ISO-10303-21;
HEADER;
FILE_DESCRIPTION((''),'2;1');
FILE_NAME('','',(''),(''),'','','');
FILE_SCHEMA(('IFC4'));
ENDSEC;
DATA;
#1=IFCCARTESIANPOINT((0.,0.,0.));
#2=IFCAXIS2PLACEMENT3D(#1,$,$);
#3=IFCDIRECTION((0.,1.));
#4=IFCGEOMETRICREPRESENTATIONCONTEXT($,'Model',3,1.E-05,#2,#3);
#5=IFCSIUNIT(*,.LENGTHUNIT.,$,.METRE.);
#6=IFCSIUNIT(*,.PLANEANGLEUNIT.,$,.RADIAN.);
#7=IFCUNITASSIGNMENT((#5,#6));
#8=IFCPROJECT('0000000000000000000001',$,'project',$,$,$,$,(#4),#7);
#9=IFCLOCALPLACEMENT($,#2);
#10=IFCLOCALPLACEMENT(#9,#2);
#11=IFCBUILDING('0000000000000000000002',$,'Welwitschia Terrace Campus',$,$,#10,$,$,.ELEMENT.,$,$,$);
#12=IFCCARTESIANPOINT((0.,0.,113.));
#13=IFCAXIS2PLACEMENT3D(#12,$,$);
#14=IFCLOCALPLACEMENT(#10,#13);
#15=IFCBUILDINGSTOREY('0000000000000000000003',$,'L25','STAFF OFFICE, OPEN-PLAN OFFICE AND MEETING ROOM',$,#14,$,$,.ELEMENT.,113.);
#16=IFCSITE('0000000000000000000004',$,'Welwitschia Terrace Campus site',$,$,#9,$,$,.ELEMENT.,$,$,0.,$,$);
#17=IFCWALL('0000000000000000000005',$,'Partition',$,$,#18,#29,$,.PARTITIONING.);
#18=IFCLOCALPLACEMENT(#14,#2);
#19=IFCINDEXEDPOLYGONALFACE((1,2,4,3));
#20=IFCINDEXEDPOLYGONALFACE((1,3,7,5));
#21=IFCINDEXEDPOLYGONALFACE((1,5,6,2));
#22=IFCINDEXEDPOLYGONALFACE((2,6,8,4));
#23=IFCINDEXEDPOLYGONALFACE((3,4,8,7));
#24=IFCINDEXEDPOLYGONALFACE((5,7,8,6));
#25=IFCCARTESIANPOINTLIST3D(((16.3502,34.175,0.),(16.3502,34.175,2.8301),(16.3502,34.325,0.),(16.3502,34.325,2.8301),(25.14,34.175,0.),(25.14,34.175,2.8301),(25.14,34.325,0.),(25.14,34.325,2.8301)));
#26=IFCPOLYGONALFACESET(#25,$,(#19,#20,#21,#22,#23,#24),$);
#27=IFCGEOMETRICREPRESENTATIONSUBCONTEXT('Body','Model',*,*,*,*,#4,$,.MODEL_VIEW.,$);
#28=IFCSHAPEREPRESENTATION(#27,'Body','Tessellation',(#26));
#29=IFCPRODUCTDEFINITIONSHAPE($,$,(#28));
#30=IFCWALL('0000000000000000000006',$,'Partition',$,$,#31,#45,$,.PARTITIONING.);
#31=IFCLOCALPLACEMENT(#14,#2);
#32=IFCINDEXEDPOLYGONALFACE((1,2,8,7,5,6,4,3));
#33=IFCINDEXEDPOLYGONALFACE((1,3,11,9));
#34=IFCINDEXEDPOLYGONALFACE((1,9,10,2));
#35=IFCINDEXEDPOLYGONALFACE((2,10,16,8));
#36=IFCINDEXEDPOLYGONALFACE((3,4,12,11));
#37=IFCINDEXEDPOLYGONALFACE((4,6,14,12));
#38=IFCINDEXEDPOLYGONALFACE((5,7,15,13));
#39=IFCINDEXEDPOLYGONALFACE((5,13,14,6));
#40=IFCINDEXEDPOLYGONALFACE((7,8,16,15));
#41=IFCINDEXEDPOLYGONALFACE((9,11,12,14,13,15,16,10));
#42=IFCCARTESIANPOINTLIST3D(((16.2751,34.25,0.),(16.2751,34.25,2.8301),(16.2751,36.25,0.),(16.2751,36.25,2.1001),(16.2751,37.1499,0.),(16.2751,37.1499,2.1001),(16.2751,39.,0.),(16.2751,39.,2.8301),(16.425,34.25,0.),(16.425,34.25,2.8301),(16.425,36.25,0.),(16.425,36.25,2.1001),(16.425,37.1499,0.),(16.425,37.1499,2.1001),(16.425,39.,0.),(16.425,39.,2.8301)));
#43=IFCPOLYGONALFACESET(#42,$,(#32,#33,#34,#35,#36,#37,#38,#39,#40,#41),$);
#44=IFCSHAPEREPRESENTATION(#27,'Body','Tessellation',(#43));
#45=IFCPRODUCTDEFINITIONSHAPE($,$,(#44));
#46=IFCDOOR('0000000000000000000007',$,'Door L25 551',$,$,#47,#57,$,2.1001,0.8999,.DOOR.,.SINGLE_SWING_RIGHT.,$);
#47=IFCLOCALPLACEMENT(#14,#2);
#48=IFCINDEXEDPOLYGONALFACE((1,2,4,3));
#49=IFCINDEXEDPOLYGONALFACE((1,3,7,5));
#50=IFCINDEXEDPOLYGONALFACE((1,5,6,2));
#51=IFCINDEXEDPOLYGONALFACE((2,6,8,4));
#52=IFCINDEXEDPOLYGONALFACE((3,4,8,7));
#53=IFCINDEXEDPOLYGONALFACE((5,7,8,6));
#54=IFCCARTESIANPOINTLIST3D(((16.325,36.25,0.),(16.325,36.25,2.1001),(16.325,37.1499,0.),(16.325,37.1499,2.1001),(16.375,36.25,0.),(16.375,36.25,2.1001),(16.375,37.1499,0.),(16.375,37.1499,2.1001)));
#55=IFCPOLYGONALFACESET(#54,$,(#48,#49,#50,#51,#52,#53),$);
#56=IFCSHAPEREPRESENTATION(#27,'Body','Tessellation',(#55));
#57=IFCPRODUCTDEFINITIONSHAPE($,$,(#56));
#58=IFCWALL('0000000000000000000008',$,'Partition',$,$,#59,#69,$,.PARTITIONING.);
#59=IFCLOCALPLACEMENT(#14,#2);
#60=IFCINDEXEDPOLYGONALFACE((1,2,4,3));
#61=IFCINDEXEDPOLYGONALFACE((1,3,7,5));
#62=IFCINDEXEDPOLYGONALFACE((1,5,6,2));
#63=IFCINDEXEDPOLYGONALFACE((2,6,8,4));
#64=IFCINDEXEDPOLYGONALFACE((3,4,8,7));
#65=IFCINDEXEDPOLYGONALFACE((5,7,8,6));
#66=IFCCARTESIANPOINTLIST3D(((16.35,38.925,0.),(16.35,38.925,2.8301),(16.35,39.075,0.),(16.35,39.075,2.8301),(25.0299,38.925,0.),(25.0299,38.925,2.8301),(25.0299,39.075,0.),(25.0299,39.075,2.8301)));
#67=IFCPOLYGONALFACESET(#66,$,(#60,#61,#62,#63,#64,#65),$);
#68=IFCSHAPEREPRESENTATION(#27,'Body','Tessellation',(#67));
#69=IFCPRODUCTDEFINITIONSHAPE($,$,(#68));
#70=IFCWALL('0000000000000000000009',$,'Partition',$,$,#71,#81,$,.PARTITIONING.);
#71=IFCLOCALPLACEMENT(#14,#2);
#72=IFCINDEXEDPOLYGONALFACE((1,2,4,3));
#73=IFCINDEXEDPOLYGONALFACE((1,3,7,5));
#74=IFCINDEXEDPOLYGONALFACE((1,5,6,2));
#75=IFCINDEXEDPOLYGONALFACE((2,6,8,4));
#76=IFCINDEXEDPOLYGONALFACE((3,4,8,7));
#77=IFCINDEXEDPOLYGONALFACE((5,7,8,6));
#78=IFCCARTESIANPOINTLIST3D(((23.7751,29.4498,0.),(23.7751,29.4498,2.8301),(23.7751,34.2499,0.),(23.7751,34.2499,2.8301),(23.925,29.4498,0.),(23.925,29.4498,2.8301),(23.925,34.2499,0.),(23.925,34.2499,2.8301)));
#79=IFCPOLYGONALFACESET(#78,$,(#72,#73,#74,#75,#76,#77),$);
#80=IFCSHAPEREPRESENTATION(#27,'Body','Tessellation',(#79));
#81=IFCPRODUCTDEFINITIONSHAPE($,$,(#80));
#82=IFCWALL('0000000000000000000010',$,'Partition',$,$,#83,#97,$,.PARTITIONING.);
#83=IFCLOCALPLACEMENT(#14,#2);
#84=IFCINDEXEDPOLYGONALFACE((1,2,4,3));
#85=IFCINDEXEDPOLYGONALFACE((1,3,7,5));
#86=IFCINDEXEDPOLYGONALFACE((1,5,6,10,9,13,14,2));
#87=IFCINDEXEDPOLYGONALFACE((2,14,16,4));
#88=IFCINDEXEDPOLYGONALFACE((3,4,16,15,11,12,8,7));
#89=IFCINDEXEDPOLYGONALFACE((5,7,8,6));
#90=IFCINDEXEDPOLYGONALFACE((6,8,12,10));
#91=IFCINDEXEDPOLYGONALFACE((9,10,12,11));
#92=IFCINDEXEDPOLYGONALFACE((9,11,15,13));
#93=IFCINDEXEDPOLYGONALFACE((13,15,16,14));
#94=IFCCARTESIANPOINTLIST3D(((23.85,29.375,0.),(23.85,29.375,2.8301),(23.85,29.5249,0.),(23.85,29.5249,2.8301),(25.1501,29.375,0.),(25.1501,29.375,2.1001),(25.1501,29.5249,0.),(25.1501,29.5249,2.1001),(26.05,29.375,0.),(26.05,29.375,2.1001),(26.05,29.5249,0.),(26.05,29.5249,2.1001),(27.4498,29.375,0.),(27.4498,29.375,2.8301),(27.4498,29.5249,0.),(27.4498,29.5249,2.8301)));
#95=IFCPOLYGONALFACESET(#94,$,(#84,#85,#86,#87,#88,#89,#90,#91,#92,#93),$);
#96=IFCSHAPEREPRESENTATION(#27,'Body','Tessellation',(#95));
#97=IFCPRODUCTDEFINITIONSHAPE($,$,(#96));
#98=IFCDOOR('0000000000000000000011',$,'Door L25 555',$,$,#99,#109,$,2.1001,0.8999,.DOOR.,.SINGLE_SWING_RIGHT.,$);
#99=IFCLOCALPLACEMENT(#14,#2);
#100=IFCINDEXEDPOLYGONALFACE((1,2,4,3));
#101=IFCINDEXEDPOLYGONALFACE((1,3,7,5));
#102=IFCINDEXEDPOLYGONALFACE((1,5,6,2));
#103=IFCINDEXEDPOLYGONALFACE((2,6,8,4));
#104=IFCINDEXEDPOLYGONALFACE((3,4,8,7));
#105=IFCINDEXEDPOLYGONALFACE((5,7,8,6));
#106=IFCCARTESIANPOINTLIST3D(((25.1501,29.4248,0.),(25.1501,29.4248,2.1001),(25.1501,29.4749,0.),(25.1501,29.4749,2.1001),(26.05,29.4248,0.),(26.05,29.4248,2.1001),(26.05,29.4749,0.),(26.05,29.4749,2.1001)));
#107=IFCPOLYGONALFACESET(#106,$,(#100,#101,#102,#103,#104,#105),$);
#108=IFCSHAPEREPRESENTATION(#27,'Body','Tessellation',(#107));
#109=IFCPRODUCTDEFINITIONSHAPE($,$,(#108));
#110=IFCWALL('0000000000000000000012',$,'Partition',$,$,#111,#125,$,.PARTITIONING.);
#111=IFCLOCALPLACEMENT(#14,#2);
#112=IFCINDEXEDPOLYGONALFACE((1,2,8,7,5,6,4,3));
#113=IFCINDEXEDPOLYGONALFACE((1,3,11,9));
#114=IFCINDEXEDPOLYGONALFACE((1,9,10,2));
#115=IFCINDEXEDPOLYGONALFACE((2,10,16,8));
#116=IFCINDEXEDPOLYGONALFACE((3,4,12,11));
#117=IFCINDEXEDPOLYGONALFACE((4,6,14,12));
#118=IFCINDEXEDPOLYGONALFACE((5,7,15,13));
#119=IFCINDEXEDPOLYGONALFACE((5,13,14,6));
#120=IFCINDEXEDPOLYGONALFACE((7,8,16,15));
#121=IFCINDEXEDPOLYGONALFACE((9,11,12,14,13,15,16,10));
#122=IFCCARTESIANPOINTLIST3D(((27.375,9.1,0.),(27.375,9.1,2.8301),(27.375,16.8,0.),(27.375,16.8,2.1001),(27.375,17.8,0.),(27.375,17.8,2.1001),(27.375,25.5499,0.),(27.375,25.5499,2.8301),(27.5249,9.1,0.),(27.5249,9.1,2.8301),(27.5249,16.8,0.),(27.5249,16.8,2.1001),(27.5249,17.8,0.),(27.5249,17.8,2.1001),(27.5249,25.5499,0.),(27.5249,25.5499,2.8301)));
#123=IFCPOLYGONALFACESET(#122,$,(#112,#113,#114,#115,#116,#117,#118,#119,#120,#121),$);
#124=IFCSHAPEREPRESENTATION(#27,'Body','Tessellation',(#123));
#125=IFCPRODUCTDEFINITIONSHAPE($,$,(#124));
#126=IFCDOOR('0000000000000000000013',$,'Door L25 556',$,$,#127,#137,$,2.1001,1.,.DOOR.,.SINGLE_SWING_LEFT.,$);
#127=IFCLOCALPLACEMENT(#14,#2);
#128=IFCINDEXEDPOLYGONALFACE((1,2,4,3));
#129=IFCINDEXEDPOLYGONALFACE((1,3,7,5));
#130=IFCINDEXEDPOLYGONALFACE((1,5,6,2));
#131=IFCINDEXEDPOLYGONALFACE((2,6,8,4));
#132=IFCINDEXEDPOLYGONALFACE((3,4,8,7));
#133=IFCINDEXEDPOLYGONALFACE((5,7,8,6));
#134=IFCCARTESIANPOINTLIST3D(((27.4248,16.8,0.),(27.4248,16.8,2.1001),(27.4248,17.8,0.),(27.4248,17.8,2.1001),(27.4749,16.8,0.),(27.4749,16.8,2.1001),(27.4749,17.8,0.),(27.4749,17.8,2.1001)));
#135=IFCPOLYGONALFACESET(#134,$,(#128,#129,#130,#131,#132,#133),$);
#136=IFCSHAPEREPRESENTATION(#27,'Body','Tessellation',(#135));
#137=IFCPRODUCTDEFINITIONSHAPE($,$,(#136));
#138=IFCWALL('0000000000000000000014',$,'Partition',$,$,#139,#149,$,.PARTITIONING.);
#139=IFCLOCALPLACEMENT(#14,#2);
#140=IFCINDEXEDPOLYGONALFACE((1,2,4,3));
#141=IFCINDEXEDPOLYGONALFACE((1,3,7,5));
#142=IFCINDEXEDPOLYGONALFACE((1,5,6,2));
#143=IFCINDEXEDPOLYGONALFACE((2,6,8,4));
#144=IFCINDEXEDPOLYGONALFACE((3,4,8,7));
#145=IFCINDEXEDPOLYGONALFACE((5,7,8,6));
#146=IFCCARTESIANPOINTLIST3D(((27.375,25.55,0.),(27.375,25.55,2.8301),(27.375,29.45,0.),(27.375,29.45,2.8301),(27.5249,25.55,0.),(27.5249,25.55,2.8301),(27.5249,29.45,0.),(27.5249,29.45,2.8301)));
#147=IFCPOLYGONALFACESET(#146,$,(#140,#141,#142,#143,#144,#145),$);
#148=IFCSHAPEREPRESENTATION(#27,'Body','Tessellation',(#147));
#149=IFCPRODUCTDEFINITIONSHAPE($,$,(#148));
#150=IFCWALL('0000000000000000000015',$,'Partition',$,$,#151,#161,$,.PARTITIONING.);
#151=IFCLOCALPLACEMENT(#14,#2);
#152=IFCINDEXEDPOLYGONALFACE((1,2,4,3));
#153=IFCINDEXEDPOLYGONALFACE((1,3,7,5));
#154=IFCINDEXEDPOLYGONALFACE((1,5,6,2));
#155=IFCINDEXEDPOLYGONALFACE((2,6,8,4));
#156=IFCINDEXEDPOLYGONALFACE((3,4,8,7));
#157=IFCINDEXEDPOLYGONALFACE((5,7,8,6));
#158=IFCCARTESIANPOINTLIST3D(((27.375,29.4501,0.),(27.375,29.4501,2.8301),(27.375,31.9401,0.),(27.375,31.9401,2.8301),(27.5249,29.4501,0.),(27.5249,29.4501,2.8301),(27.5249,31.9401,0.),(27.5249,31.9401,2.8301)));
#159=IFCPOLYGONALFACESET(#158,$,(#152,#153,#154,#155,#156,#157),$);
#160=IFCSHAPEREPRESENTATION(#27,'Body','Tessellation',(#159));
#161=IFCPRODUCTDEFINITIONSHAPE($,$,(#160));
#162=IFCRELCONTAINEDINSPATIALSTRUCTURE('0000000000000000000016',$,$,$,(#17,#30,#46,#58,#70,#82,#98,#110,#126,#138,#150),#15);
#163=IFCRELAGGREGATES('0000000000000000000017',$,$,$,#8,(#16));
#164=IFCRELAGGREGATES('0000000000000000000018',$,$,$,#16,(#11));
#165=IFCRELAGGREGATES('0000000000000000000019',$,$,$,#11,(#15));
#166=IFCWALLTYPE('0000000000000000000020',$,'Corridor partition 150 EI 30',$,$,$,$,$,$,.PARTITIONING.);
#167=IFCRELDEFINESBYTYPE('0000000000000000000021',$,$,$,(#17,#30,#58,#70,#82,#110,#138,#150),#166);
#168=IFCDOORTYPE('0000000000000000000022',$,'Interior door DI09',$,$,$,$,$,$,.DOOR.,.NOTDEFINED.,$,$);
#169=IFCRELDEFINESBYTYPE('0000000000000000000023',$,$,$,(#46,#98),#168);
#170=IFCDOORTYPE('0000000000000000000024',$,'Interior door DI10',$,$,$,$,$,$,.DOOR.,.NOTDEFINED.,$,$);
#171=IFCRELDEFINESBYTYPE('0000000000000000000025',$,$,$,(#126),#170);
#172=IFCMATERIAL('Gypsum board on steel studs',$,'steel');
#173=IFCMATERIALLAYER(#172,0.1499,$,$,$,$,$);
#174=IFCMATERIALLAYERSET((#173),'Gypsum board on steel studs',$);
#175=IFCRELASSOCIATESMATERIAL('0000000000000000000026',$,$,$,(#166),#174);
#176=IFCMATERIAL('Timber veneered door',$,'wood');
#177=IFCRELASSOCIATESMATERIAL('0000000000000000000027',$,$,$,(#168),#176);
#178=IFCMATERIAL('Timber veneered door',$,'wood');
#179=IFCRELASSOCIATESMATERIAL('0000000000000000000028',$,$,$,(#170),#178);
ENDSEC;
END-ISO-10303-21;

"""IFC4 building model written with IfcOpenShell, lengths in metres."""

from ifc_helpers import new_model, si_unit, direction, frame, frame_2d, origin, place, context, subcontext, project, spatial, rectangle, extrude, material, layer, layer_set, type_object, element, fill, save


model = new_model("IFC4")

# Units and contexts
model_context = context("Model", 3, precision=1e-05, world=origin(), true_north=direction((0.0, 1.0)))
body_context = subcontext(model_context, "Body", "Model", "MODEL_VIEW")
ifc_project = project(units=[si_unit("LENGTHUNIT", "METRE"), si_unit("PLANEANGLEUNIT", "RADIAN")], contexts=[model_context])

# Site, building, storey
site_placement = place(None, origin())
site = spatial("IfcSite", under=ifc_project, at=site_placement, Name="Welwitschia Terrace Campus site", CompositionType="ELEMENT", RefElevation=0.0)
building_placement = place(site_placement, origin())
building = spatial("IfcBuilding", under=site, at=building_placement, Name="Welwitschia Terrace Campus", CompositionType="ELEMENT")
storey_placement = place(building_placement, frame((0.0, 0.0, 113.0)))
storey = spatial("IfcBuildingStorey", under=building, at=storey_placement, Name="L25", Description="STAFF OFFICE, OPEN-PLAN OFFICE AND MEETING ROOM", CompositionType="ELEMENT", Elevation=113.0)

# Wall
ifc_material_1 = material(Name="Gypsum board on steel studs", Category="steel")
ifc_layer_1 = layer(ifc_material_1, 0.1499)
ifc_layer_set_1 = layer_set([ifc_layer_1], Name="Gypsum board on steel studs")
wall_type_1 = type_object("IfcWallType", Name="Corridor partition 150 EI 30", PredefinedType="PARTITIONING", material=ifc_layer_set_1)
wall_1_placement = place(storey_placement, frame((16.3501, 34.25, 0.0), z_axis=(0.0, 0.0, 1.0), x_axis=(1.0, 0.0, 0.0)))
element("IfcWall", 1, at=wall_1_placement, inside=storey, type_object=wall_type_1, Name="Partition", PredefinedType="PARTITIONING", context=body_context, shape_type="SweptSolid", body=[
    extrude(rectangle(XDim=8.7898, YDim=0.1499, at=frame_2d((4.395, 0.0))), origin(), (0.0, 0.0, 1.0), 2.8301),
])

# Wall, opening, door
wall_2_placement = place(storey_placement, frame((16.3501, 39.0, 0.0), z_axis=(0.0, 0.0, 1.0), x_axis=(0.0, -1.0, 0.0)))
wall_2 = element("IfcWall", 2, at=wall_2_placement, inside=storey, type_object=wall_type_1, Name="Partition", PredefinedType="PARTITIONING", context=body_context, shape_type="SweptSolid", body=[
    extrude(rectangle(XDim=4.75, YDim=0.1499, at=frame_2d((2.375, 0.0))), origin(), (0.0, 0.0, 1.0), 2.8301),
])
opening_1_placement = place(wall_2_placement, frame((1.8501, 0.0, 0.0)))
opening_1 = element("IfcOpeningElement", 3, at=opening_1_placement, cuts=wall_2, PredefinedType="OPENING", context=body_context, shape_type="SweptSolid", body=[
    extrude(rectangle(XDim=0.8999, YDim=2.1001, at=frame_2d((0.45, 1.05))), frame((0.0, 0.085, 0.0), z_axis=(0.0, -1.0, 0.0), x_axis=(1.0, 0.0, 0.0)), (0.0, 0.0, 1.0), 0.1699),
])
ifc_material_2 = material(Name="Timber veneered door", Category="wood")
door_type_1 = type_object("IfcDoorType", Name="Interior door DI09", OperationType="NOTDEFINED", PredefinedType="DOOR", material=ifc_material_2)
door_1_placement = place(opening_1_placement, origin())
door_1 = element("IfcDoor", 4, at=door_1_placement, inside=storey, type_object=door_type_1, Name="Door L25 551", OperationType="SINGLE_SWING_RIGHT", OverallHeight=2.1001, OverallWidth=0.8999, PredefinedType="DOOR", context=body_context, shape_type="SweptSolid", body=[
    extrude(rectangle(XDim=0.8999, YDim=2.1001, at=frame_2d((0.45, 1.05))), frame((0.0, 0.0249, 0.0), z_axis=(0.0, -1.0, 0.0), x_axis=(1.0, 0.0, 0.0)), (0.0, 0.0, 1.0), 0.05),
])
fill(opening_1, door_1)

# Walls
wall_3_placement = place(storey_placement, frame((16.3501, 39.0, 0.0), z_axis=(0.0, 0.0, 1.0), x_axis=(1.0, 0.0, 0.0)))
element("IfcWall", 5, at=wall_3_placement, inside=storey, type_object=wall_type_1, Name="Partition", PredefinedType="PARTITIONING", context=body_context, shape_type="SweptSolid", body=[
    extrude(rectangle(XDim=8.6799, YDim=0.1499, at=frame_2d((4.3398, 0.0))), origin(), (0.0, 0.0, 1.0), 2.8301),
])
wall_4_placement = place(storey_placement, frame((23.8501, 29.45, 0.0), z_axis=(0.0, 0.0, 1.0), x_axis=(0.0, 1.0, 0.0)))
element("IfcWall", 6, at=wall_4_placement, inside=storey, type_object=wall_type_1, Name="Partition", PredefinedType="PARTITIONING", context=body_context, shape_type="SweptSolid", body=[
    extrude(rectangle(XDim=4.8, YDim=0.1499, at=frame_2d((2.3999, 0.0))), origin(), (0.0, 0.0, 1.0), 2.8301),
])

# Walls, openings, doors
wall_5_placement = place(storey_placement, frame((23.8501, 29.45, 0.0), z_axis=(0.0, 0.0, 1.0), x_axis=(1.0, 0.0, 0.0)))
wall_5 = element("IfcWall", 7, at=wall_5_placement, inside=storey, type_object=wall_type_1, Name="Partition", PredefinedType="PARTITIONING", context=body_context, shape_type="SweptSolid", body=[
    extrude(rectangle(XDim=3.5999, YDim=0.1499, at=frame_2d((1.7998, 0.0))), origin(), (0.0, 0.0, 1.0), 2.8301),
])
opening_2_placement = place(wall_5_placement, frame((1.3, 0.0, 0.0)))
opening_2 = element("IfcOpeningElement", 8, at=opening_2_placement, cuts=wall_5, PredefinedType="OPENING", context=body_context, shape_type="SweptSolid", body=[
    extrude(rectangle(XDim=0.8999, YDim=2.1001, at=frame_2d((0.45, 1.05))), frame((0.0, 0.085, 0.0), z_axis=(0.0, -1.0, 0.0), x_axis=(1.0, 0.0, 0.0)), (0.0, 0.0, 1.0), 0.1699),
])
door_2_placement = place(opening_2_placement, origin())
door_2 = element("IfcDoor", 9, at=door_2_placement, inside=storey, type_object=door_type_1, Name="Door L25 555", OperationType="SINGLE_SWING_RIGHT", OverallHeight=2.1001, OverallWidth=0.8999, PredefinedType="DOOR", context=body_context, shape_type="SweptSolid", body=[
    extrude(rectangle(XDim=0.8999, YDim=2.1001, at=frame_2d((0.45, 1.05))), frame((0.0, 0.0249, 0.0), z_axis=(0.0, -1.0, 0.0), x_axis=(1.0, 0.0, 0.0)), (0.0, 0.0, 1.0), 0.05),
])
fill(opening_2, door_2)
wall_6_placement = place(storey_placement, frame((27.45, 25.55, 0.0), z_axis=(0.0, 0.0, 1.0), x_axis=(0.0, -1.0, 0.0)))
wall_6 = element("IfcWall", 10, at=wall_6_placement, inside=storey, type_object=wall_type_1, Name="Partition", PredefinedType="PARTITIONING", context=body_context, shape_type="SweptSolid", body=[
    extrude(rectangle(XDim=16.45, YDim=0.1499, at=frame_2d((8.2251, 0.0))), origin(), (0.0, 0.0, 1.0), 2.8301),
])
opening_3_placement = place(wall_6_placement, frame((7.75, 0.0, 0.0)))
opening_3 = element("IfcOpeningElement", 11, at=opening_3_placement, cuts=wall_6, PredefinedType="OPENING", context=body_context, shape_type="SweptSolid", body=[
    extrude(rectangle(XDim=1.0, YDim=2.1001, at=frame_2d((0.5, 1.05))), frame((0.0, 0.085, 0.0), z_axis=(0.0, -1.0, 0.0), x_axis=(1.0, 0.0, 0.0)), (0.0, 0.0, 1.0), 0.1699),
])
ifc_material_3 = material(Name="Timber veneered door", Category="wood")
door_type_2 = type_object("IfcDoorType", Name="Interior door DI10", OperationType="NOTDEFINED", PredefinedType="DOOR", material=ifc_material_3)
door_3_placement = place(opening_3_placement, origin())
door_3 = element("IfcDoor", 12, at=door_3_placement, inside=storey, type_object=door_type_2, Name="Door L25 556", OperationType="SINGLE_SWING_LEFT", OverallHeight=2.1001, OverallWidth=1.0, PredefinedType="DOOR", context=body_context, shape_type="SweptSolid", body=[
    extrude(rectangle(XDim=1.0, YDim=2.1001, at=frame_2d((0.5, 1.05))), frame((0.0, 0.0249, 0.0), z_axis=(0.0, -1.0, 0.0), x_axis=(1.0, 0.0, 0.0)), (0.0, 0.0, 1.0), 0.05),
])
fill(opening_3, door_3)

# Walls
wall_7_placement = place(storey_placement, frame((27.45, 25.55, 0.0), z_axis=(0.0, 0.0, 1.0), x_axis=(0.0, 1.0, 0.0)))
element("IfcWall", 13, at=wall_7_placement, inside=storey, type_object=wall_type_1, Name="Partition", PredefinedType="PARTITIONING", context=body_context, shape_type="SweptSolid", body=[
    extrude(rectangle(XDim=3.8999, YDim=0.1499, at=frame_2d((1.95, 0.0))), origin(), (0.0, 0.0, 1.0), 2.8301),
])
wall_8_placement = place(storey_placement, frame((27.45, 29.45, 0.0), z_axis=(0.0, 0.0, 1.0), x_axis=(0.0, 1.0, 0.0)))
element("IfcWall", 14, at=wall_8_placement, inside=storey, type_object=wall_type_1, Name="Partition", PredefinedType="PARTITIONING", context=body_context, shape_type="SweptSolid", body=[
    extrude(rectangle(XDim=2.49, YDim=0.1499, at=frame_2d((1.2451, 0.0))), origin(), (0.0, 0.0, 1.0), 2.8301),
])

save(model, "model.ifc")
